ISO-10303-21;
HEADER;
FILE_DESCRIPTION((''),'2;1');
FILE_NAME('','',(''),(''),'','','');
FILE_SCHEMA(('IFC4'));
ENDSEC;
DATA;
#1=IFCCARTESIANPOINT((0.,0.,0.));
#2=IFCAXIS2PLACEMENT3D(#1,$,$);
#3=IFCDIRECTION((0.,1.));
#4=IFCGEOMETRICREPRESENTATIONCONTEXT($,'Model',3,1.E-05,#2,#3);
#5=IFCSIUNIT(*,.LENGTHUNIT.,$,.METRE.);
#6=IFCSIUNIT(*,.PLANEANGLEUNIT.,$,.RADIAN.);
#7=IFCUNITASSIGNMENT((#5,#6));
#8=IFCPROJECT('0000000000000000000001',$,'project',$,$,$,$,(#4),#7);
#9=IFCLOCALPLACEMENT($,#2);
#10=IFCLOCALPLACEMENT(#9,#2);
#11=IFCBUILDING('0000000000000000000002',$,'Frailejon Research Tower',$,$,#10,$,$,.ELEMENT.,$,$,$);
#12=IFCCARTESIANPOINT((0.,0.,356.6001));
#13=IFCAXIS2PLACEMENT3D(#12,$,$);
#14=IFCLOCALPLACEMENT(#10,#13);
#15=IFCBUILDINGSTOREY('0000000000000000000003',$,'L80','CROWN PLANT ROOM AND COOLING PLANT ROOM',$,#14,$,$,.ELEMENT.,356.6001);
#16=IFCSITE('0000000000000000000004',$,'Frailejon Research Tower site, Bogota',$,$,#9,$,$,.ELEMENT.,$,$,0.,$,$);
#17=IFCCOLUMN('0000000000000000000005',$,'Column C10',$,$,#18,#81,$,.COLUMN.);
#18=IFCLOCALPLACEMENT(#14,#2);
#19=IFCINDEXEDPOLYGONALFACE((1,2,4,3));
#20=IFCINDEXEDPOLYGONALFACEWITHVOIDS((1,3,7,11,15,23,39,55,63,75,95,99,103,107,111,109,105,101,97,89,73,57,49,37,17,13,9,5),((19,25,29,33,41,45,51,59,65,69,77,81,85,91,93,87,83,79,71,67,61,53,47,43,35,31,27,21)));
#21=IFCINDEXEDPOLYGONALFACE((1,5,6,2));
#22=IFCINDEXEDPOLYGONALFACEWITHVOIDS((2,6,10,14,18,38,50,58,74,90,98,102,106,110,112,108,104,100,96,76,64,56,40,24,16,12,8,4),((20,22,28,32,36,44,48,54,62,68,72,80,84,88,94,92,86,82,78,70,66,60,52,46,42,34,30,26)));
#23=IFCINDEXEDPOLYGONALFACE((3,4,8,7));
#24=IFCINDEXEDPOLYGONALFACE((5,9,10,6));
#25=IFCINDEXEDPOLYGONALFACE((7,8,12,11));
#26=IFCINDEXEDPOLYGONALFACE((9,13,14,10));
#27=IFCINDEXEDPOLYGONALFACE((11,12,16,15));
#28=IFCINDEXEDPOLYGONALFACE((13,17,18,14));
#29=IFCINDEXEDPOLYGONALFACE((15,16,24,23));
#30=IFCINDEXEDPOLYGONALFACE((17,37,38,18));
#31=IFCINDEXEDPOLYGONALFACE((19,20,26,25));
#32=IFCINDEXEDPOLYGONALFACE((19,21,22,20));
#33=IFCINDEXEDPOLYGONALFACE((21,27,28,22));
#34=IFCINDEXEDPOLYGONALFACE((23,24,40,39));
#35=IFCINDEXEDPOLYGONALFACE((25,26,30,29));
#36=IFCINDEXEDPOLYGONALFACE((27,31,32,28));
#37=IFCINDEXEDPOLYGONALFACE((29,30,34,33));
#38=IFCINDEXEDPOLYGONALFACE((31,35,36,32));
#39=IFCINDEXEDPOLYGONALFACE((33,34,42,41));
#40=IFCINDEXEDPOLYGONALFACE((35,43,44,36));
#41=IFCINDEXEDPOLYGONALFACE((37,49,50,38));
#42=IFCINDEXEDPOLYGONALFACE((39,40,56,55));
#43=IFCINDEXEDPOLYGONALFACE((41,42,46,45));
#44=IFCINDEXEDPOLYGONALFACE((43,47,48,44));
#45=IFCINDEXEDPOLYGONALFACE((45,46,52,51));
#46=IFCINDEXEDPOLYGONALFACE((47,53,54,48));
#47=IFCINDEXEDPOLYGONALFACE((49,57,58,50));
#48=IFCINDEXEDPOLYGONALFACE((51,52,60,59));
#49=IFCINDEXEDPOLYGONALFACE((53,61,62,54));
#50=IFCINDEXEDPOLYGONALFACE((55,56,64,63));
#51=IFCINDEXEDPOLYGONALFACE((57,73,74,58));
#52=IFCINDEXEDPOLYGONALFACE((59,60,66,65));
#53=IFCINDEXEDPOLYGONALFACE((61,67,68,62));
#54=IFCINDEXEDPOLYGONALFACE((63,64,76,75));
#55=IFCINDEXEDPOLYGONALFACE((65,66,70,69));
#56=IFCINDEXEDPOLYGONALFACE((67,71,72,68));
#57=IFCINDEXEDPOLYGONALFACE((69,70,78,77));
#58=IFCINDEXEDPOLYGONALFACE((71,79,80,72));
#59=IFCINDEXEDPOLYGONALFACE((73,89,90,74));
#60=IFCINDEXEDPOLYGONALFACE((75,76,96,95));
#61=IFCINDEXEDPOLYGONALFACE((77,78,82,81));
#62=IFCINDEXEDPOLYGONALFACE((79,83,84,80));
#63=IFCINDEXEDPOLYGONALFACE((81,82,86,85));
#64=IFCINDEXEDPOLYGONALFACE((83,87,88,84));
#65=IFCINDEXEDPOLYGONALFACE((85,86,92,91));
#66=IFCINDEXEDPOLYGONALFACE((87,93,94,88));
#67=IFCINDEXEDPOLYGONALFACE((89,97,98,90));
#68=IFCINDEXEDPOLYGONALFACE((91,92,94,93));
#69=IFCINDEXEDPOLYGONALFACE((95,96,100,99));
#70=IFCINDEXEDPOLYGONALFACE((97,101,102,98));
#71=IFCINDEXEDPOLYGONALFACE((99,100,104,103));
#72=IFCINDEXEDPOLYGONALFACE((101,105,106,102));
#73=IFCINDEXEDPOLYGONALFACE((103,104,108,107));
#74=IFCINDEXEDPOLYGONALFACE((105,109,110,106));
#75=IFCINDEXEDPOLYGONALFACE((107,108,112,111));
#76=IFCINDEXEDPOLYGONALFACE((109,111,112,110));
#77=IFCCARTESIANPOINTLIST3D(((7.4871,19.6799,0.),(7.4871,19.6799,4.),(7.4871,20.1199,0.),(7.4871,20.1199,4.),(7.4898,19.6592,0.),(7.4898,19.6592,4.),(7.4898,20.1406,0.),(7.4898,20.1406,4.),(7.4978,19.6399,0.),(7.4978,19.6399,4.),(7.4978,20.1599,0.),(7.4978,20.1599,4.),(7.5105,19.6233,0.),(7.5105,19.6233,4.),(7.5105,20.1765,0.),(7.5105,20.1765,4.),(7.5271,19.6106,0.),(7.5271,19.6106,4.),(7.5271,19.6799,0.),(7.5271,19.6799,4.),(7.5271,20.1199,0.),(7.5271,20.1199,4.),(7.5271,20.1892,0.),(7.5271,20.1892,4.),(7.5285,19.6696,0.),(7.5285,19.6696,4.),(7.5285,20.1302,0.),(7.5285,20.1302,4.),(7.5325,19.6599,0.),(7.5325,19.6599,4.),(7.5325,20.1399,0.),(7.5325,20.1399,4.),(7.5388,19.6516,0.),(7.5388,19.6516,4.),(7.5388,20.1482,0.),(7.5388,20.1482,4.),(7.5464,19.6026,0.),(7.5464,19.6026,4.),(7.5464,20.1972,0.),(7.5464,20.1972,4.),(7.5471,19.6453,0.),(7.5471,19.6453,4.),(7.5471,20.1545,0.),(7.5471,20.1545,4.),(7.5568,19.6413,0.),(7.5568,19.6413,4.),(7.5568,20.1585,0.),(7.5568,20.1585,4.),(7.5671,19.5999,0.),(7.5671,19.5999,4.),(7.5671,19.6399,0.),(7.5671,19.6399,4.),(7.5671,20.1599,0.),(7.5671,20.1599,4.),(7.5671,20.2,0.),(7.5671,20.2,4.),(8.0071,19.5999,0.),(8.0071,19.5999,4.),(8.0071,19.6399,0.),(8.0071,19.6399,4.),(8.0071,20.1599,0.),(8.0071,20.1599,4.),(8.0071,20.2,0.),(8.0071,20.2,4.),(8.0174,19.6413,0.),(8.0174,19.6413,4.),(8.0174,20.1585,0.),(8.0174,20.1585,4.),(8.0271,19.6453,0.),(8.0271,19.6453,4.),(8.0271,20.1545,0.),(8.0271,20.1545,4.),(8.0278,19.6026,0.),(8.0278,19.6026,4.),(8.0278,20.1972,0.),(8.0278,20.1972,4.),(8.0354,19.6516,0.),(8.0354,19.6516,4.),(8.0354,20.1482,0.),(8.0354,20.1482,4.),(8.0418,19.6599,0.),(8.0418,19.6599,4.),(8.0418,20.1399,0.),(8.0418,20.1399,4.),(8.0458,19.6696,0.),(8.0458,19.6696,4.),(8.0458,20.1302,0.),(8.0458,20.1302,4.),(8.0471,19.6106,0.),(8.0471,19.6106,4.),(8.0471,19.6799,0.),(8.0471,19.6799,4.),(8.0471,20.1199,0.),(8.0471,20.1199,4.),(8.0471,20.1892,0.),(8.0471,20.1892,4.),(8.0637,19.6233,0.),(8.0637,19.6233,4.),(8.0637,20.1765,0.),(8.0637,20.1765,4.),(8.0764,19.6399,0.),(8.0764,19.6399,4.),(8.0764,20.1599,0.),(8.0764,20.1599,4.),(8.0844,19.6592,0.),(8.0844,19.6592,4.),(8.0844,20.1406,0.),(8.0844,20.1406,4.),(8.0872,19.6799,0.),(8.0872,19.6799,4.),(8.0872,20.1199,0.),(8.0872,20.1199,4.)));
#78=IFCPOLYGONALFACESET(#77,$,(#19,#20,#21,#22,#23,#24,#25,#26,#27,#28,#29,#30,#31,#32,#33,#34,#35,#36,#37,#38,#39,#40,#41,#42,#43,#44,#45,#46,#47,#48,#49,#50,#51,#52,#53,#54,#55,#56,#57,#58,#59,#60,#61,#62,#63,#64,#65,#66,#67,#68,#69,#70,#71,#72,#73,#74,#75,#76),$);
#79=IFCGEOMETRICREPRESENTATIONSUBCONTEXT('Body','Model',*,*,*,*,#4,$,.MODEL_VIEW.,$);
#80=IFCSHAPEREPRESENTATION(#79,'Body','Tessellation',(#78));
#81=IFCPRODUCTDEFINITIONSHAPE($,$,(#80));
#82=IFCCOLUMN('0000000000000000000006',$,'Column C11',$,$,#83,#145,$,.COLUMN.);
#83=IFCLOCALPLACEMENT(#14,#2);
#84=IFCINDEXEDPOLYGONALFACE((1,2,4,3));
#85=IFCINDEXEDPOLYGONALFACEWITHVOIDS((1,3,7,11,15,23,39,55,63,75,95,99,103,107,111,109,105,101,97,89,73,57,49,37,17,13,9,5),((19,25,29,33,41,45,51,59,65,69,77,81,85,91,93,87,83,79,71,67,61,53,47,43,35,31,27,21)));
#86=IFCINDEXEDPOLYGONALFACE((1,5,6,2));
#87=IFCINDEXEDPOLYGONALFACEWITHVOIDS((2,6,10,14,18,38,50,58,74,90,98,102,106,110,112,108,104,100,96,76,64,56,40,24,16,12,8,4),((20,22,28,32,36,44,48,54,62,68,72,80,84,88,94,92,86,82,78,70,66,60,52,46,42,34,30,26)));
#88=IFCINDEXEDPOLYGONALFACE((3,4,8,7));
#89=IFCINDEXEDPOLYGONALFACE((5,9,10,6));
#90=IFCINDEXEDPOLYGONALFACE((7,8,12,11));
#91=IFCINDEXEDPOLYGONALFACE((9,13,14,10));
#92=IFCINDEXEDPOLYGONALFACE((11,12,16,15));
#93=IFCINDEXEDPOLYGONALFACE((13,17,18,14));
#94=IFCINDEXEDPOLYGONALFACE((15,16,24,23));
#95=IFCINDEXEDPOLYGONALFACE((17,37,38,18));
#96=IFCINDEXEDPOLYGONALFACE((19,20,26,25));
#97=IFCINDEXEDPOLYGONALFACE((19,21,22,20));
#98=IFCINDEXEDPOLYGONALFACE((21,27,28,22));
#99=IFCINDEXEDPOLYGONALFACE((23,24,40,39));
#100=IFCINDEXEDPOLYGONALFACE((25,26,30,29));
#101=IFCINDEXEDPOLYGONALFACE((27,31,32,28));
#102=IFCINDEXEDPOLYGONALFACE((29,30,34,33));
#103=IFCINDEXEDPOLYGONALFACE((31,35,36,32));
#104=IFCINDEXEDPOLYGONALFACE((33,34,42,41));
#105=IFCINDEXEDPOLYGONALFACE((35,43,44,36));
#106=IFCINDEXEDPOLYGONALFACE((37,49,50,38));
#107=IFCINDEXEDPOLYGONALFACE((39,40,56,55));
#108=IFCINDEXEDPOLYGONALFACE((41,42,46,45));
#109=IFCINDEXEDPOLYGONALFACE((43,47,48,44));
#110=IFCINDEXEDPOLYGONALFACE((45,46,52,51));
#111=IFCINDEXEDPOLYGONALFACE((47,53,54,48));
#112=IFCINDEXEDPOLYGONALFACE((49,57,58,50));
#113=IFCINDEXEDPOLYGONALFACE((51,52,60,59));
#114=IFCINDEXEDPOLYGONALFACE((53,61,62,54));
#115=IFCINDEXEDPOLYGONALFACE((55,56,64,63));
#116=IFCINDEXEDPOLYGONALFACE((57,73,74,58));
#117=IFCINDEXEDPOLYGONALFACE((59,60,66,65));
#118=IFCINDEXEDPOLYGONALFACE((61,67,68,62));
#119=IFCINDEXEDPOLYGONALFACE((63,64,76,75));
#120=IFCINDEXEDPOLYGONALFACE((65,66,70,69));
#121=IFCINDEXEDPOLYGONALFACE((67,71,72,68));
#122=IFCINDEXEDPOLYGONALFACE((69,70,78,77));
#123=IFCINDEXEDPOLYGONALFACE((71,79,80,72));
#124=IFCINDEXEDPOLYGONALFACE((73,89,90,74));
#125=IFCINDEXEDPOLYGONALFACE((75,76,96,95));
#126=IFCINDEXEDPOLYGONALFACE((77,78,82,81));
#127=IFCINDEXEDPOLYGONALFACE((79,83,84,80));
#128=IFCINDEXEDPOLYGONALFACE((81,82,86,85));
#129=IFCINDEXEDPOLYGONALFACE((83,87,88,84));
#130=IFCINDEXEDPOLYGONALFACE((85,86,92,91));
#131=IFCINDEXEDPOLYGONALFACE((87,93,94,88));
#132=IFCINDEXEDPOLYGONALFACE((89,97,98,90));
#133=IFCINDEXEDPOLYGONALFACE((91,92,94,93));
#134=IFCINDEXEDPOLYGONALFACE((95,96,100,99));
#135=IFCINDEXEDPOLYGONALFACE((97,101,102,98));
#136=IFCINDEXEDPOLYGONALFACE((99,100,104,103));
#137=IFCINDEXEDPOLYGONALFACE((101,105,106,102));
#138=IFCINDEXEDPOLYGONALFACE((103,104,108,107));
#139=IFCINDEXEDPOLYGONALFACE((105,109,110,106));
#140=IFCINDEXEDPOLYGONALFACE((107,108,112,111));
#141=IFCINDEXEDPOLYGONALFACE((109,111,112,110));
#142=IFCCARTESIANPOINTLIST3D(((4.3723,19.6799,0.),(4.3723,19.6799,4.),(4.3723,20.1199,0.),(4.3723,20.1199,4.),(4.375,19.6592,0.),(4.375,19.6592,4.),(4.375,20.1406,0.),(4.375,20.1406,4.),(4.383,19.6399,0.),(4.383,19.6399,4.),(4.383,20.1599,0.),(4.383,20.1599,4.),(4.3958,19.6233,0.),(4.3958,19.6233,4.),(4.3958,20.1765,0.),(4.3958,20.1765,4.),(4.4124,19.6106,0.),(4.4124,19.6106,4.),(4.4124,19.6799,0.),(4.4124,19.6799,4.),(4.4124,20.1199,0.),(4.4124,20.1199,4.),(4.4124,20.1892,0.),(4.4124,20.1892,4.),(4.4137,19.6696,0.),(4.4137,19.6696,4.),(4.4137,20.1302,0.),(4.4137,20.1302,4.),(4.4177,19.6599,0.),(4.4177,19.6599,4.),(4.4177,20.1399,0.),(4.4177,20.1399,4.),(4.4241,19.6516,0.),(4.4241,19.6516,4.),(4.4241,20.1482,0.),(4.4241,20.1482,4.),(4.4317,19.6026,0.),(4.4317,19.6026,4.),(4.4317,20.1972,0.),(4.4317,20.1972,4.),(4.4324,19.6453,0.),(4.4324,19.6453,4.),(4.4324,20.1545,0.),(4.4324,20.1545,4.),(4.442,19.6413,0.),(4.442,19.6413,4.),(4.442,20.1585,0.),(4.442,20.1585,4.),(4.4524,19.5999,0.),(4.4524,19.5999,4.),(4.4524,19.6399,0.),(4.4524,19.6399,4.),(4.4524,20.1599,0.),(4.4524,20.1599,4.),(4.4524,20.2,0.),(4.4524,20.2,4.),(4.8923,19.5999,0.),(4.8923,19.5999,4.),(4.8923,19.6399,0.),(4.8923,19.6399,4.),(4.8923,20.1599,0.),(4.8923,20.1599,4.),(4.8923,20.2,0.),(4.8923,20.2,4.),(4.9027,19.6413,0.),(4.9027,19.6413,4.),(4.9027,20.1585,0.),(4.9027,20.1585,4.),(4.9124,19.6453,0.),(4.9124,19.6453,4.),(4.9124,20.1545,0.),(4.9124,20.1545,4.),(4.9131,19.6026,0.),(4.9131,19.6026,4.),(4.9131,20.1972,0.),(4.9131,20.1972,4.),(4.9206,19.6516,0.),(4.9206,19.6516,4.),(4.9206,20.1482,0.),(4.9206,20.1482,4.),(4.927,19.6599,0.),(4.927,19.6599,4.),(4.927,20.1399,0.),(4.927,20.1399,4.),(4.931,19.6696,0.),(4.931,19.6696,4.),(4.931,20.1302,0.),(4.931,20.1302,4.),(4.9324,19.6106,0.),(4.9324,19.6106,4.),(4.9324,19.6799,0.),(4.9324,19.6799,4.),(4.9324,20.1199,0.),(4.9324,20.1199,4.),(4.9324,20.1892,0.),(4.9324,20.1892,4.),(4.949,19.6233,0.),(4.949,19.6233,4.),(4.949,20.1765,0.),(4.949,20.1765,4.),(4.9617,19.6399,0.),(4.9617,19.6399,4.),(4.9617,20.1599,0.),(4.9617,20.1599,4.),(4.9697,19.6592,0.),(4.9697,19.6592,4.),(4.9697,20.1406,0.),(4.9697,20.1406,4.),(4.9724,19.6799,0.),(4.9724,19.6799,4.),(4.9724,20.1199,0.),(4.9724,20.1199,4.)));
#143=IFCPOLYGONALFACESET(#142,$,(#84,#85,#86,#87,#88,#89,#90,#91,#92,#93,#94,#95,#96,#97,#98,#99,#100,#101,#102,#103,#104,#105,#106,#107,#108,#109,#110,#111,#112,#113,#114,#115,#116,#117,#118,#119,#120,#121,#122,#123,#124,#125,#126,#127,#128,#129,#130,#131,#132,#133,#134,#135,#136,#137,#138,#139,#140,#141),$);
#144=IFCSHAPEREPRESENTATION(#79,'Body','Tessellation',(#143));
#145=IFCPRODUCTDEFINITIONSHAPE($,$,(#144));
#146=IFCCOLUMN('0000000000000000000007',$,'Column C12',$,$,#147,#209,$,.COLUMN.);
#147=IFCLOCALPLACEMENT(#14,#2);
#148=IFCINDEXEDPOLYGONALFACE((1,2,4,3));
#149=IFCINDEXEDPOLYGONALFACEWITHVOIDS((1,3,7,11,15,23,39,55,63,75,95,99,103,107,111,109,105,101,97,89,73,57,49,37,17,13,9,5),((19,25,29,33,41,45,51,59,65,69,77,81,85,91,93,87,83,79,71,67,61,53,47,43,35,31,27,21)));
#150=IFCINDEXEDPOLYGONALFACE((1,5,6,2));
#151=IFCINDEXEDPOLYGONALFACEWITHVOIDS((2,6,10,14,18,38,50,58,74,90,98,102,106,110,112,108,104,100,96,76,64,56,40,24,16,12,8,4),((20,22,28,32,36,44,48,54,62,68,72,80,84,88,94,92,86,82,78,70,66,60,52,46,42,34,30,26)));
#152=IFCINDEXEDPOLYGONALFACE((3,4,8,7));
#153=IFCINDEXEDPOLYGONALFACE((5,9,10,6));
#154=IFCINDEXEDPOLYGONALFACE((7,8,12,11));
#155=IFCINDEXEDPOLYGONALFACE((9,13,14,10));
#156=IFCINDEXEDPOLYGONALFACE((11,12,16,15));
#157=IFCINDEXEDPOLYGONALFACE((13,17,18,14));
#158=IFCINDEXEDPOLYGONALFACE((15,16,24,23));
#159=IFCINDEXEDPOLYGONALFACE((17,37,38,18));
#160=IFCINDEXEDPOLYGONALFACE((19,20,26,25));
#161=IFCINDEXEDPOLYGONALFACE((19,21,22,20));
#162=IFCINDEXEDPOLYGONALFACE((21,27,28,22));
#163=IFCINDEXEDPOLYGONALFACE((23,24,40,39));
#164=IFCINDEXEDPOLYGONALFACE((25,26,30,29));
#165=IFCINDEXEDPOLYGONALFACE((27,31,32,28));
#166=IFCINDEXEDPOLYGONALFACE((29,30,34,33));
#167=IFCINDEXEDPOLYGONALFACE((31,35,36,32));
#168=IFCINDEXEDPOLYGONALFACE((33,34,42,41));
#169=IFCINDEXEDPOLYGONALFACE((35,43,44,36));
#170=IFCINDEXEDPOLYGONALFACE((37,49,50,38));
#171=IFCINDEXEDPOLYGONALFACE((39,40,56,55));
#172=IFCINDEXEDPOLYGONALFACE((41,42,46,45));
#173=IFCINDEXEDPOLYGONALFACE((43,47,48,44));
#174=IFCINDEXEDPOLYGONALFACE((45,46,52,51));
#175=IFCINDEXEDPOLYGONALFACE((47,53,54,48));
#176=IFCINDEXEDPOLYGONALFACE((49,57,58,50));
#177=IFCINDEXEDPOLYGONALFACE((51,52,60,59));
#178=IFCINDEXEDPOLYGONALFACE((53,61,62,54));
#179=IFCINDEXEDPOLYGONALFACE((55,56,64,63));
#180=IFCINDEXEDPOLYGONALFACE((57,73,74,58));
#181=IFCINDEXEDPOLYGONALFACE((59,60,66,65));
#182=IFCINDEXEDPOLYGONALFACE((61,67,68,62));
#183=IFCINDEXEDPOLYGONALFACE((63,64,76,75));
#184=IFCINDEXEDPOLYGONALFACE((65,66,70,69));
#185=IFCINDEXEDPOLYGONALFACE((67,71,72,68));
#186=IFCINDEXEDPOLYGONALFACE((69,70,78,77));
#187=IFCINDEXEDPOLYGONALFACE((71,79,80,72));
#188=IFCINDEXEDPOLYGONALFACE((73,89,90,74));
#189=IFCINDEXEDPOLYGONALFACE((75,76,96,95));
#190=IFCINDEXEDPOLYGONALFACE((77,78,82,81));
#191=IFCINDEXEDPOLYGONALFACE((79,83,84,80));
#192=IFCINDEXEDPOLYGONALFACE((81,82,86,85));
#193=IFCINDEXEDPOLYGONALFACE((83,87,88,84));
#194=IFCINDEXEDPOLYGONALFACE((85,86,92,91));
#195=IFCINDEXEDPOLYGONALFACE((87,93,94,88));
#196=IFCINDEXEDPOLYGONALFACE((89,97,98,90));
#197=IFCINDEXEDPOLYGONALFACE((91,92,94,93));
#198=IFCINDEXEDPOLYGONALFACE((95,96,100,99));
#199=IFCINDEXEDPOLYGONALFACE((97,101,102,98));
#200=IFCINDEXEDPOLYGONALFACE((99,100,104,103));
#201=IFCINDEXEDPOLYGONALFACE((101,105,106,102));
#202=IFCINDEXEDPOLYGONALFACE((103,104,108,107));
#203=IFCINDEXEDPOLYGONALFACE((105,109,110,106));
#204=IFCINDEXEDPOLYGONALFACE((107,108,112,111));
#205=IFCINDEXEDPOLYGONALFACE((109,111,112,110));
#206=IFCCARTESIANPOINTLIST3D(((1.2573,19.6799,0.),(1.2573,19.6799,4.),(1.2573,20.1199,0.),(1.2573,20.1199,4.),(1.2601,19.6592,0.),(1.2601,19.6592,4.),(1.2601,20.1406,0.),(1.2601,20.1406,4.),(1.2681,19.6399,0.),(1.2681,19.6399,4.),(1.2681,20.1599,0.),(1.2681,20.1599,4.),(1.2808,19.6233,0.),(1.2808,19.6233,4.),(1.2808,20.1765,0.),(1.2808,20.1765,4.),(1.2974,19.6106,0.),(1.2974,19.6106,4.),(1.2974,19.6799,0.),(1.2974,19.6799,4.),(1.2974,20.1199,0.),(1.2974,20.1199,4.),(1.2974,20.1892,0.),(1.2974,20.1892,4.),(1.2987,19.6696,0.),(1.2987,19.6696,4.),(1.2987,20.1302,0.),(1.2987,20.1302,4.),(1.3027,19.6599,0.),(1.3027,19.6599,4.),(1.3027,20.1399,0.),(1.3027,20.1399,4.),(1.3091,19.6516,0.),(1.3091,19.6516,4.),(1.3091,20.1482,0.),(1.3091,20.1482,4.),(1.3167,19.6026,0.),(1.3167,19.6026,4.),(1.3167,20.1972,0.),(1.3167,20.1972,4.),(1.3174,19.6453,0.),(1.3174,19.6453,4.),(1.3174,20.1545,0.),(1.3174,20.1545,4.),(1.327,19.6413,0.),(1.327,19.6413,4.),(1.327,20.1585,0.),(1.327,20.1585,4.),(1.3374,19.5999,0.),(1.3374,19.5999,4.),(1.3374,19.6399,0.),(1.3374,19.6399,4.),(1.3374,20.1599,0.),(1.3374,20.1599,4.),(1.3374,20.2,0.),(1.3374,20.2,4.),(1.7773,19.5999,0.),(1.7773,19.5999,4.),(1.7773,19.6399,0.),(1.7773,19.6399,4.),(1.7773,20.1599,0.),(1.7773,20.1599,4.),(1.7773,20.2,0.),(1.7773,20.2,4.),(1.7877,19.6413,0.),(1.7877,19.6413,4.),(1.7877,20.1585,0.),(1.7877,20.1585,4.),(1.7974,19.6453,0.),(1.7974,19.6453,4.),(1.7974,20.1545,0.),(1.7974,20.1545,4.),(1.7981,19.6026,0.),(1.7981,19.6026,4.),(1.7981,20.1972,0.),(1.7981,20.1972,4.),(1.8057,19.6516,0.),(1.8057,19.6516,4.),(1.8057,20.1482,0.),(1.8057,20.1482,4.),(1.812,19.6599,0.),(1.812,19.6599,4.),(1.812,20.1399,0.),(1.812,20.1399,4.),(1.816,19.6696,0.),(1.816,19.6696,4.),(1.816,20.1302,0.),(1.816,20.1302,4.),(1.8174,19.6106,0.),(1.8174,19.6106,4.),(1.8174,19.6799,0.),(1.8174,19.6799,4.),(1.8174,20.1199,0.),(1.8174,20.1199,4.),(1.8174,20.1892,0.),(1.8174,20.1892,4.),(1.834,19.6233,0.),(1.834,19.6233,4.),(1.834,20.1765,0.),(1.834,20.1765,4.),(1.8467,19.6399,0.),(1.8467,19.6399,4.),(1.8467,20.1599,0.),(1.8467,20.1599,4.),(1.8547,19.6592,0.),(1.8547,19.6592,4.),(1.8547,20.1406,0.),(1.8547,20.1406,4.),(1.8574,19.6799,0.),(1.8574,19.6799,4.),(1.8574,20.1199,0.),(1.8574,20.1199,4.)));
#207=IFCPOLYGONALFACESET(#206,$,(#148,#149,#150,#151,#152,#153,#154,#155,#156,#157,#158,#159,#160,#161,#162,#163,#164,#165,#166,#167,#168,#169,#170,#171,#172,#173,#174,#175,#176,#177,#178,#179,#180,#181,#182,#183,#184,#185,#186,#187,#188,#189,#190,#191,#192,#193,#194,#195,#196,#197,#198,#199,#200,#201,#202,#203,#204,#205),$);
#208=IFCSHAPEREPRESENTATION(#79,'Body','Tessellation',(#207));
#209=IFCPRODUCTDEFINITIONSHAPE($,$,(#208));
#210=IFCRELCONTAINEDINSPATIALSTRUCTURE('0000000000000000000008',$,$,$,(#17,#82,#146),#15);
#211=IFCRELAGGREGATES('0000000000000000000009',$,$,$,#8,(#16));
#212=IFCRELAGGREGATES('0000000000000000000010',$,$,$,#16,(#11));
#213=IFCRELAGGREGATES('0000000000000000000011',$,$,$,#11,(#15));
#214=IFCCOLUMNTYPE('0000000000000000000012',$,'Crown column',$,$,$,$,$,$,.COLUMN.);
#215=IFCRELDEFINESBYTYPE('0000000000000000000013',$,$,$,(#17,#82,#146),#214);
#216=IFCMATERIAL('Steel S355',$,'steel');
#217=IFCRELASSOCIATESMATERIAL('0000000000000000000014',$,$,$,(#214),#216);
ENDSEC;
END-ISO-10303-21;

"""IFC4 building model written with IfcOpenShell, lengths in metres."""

from ifc_helpers import new_model, si_unit, direction, frame, origin, origin_2d, place, context, subcontext, project, spatial, hollow_rectangle, extrude, material, material_profile, profile_set, type_object, element, save


model = new_model("IFC4")

# Units and contexts
model_context = context("Model", 3, precision=1e-05, world=origin(), true_north=direction((0.0, 1.0)))
body_context = subcontext(model_context, "Body", "Model", "MODEL_VIEW")
ifc_project = project(units=[si_unit("LENGTHUNIT", "METRE"), si_unit("PLANEANGLEUNIT", "RADIAN")], contexts=[model_context])

# Site, building, storey
site_placement = place(None, origin())
site = spatial("IfcSite", under=ifc_project, at=site_placement, Name="Frailejon Research Tower site, Bogota", CompositionType="ELEMENT", RefElevation=0.0)
building_placement = place(site_placement, origin())
building = spatial("IfcBuilding", under=site, at=building_placement, Name="Frailejon Research Tower", CompositionType="ELEMENT")
storey_placement = place(building_placement, frame((0.0, 0.0, 356.6001)))
storey = spatial("IfcBuildingStorey", under=building, at=storey_placement, Name="L80", Description="CROWN PLANT ROOM AND COOLING PLANT ROOM", CompositionType="ELEMENT", Elevation=356.6001)

# Columns
ifc_material_1 = material(Name="Steel S355", Category="steel")
ifc_material_profile_1 = material_profile(ifc_material_1, hollow_rectangle(XDim=0.6001, YDim=0.6001, WallThickness=0.04, InnerFilletRadius=0.04, OuterFilletRadius=0.0801, at=origin_2d()), Name="Crown column")
ifc_profile_set_1 = profile_set([ifc_material_profile_1], Name="Steel S355")
column_type = type_object("IfcColumnType", Name="Crown column", PredefinedType="COLUMN", material=ifc_profile_set_1)
for number, where, z_axis, x_axis, name in (
    (1, (7.7871, 19.8999, 0.0), (0.0, 0.0, 1.0), (-1.0, 0.0, 0.0), "Column C10"),
    (2, (4.6724, 19.8999, 0.0), (0.0, 0.0, 1.0), (-1.0, 0.0, 0.0), "Column C11"),
    (3, (1.5574, 19.8999, 0.0), (0.0, 0.0, 1.0), (-1.0, 0.0, 0.0), "Column C12"),
):
    element("IfcColumn", number, at=place(storey_placement, frame(where, z_axis=z_axis, x_axis=x_axis)), inside=storey, type_object=column_type, Name=name, PredefinedType="COLUMN", context=body_context, shape_type="SweptSolid", body=[
        extrude(hollow_rectangle(XDim=0.6001, YDim=0.6001, WallThickness=0.04, InnerFilletRadius=0.04, OuterFilletRadius=0.0801, at=origin_2d()), origin(), (0.0, 0.0, 1.0), 4.0),
    ])

save(model, "model.ifc")
